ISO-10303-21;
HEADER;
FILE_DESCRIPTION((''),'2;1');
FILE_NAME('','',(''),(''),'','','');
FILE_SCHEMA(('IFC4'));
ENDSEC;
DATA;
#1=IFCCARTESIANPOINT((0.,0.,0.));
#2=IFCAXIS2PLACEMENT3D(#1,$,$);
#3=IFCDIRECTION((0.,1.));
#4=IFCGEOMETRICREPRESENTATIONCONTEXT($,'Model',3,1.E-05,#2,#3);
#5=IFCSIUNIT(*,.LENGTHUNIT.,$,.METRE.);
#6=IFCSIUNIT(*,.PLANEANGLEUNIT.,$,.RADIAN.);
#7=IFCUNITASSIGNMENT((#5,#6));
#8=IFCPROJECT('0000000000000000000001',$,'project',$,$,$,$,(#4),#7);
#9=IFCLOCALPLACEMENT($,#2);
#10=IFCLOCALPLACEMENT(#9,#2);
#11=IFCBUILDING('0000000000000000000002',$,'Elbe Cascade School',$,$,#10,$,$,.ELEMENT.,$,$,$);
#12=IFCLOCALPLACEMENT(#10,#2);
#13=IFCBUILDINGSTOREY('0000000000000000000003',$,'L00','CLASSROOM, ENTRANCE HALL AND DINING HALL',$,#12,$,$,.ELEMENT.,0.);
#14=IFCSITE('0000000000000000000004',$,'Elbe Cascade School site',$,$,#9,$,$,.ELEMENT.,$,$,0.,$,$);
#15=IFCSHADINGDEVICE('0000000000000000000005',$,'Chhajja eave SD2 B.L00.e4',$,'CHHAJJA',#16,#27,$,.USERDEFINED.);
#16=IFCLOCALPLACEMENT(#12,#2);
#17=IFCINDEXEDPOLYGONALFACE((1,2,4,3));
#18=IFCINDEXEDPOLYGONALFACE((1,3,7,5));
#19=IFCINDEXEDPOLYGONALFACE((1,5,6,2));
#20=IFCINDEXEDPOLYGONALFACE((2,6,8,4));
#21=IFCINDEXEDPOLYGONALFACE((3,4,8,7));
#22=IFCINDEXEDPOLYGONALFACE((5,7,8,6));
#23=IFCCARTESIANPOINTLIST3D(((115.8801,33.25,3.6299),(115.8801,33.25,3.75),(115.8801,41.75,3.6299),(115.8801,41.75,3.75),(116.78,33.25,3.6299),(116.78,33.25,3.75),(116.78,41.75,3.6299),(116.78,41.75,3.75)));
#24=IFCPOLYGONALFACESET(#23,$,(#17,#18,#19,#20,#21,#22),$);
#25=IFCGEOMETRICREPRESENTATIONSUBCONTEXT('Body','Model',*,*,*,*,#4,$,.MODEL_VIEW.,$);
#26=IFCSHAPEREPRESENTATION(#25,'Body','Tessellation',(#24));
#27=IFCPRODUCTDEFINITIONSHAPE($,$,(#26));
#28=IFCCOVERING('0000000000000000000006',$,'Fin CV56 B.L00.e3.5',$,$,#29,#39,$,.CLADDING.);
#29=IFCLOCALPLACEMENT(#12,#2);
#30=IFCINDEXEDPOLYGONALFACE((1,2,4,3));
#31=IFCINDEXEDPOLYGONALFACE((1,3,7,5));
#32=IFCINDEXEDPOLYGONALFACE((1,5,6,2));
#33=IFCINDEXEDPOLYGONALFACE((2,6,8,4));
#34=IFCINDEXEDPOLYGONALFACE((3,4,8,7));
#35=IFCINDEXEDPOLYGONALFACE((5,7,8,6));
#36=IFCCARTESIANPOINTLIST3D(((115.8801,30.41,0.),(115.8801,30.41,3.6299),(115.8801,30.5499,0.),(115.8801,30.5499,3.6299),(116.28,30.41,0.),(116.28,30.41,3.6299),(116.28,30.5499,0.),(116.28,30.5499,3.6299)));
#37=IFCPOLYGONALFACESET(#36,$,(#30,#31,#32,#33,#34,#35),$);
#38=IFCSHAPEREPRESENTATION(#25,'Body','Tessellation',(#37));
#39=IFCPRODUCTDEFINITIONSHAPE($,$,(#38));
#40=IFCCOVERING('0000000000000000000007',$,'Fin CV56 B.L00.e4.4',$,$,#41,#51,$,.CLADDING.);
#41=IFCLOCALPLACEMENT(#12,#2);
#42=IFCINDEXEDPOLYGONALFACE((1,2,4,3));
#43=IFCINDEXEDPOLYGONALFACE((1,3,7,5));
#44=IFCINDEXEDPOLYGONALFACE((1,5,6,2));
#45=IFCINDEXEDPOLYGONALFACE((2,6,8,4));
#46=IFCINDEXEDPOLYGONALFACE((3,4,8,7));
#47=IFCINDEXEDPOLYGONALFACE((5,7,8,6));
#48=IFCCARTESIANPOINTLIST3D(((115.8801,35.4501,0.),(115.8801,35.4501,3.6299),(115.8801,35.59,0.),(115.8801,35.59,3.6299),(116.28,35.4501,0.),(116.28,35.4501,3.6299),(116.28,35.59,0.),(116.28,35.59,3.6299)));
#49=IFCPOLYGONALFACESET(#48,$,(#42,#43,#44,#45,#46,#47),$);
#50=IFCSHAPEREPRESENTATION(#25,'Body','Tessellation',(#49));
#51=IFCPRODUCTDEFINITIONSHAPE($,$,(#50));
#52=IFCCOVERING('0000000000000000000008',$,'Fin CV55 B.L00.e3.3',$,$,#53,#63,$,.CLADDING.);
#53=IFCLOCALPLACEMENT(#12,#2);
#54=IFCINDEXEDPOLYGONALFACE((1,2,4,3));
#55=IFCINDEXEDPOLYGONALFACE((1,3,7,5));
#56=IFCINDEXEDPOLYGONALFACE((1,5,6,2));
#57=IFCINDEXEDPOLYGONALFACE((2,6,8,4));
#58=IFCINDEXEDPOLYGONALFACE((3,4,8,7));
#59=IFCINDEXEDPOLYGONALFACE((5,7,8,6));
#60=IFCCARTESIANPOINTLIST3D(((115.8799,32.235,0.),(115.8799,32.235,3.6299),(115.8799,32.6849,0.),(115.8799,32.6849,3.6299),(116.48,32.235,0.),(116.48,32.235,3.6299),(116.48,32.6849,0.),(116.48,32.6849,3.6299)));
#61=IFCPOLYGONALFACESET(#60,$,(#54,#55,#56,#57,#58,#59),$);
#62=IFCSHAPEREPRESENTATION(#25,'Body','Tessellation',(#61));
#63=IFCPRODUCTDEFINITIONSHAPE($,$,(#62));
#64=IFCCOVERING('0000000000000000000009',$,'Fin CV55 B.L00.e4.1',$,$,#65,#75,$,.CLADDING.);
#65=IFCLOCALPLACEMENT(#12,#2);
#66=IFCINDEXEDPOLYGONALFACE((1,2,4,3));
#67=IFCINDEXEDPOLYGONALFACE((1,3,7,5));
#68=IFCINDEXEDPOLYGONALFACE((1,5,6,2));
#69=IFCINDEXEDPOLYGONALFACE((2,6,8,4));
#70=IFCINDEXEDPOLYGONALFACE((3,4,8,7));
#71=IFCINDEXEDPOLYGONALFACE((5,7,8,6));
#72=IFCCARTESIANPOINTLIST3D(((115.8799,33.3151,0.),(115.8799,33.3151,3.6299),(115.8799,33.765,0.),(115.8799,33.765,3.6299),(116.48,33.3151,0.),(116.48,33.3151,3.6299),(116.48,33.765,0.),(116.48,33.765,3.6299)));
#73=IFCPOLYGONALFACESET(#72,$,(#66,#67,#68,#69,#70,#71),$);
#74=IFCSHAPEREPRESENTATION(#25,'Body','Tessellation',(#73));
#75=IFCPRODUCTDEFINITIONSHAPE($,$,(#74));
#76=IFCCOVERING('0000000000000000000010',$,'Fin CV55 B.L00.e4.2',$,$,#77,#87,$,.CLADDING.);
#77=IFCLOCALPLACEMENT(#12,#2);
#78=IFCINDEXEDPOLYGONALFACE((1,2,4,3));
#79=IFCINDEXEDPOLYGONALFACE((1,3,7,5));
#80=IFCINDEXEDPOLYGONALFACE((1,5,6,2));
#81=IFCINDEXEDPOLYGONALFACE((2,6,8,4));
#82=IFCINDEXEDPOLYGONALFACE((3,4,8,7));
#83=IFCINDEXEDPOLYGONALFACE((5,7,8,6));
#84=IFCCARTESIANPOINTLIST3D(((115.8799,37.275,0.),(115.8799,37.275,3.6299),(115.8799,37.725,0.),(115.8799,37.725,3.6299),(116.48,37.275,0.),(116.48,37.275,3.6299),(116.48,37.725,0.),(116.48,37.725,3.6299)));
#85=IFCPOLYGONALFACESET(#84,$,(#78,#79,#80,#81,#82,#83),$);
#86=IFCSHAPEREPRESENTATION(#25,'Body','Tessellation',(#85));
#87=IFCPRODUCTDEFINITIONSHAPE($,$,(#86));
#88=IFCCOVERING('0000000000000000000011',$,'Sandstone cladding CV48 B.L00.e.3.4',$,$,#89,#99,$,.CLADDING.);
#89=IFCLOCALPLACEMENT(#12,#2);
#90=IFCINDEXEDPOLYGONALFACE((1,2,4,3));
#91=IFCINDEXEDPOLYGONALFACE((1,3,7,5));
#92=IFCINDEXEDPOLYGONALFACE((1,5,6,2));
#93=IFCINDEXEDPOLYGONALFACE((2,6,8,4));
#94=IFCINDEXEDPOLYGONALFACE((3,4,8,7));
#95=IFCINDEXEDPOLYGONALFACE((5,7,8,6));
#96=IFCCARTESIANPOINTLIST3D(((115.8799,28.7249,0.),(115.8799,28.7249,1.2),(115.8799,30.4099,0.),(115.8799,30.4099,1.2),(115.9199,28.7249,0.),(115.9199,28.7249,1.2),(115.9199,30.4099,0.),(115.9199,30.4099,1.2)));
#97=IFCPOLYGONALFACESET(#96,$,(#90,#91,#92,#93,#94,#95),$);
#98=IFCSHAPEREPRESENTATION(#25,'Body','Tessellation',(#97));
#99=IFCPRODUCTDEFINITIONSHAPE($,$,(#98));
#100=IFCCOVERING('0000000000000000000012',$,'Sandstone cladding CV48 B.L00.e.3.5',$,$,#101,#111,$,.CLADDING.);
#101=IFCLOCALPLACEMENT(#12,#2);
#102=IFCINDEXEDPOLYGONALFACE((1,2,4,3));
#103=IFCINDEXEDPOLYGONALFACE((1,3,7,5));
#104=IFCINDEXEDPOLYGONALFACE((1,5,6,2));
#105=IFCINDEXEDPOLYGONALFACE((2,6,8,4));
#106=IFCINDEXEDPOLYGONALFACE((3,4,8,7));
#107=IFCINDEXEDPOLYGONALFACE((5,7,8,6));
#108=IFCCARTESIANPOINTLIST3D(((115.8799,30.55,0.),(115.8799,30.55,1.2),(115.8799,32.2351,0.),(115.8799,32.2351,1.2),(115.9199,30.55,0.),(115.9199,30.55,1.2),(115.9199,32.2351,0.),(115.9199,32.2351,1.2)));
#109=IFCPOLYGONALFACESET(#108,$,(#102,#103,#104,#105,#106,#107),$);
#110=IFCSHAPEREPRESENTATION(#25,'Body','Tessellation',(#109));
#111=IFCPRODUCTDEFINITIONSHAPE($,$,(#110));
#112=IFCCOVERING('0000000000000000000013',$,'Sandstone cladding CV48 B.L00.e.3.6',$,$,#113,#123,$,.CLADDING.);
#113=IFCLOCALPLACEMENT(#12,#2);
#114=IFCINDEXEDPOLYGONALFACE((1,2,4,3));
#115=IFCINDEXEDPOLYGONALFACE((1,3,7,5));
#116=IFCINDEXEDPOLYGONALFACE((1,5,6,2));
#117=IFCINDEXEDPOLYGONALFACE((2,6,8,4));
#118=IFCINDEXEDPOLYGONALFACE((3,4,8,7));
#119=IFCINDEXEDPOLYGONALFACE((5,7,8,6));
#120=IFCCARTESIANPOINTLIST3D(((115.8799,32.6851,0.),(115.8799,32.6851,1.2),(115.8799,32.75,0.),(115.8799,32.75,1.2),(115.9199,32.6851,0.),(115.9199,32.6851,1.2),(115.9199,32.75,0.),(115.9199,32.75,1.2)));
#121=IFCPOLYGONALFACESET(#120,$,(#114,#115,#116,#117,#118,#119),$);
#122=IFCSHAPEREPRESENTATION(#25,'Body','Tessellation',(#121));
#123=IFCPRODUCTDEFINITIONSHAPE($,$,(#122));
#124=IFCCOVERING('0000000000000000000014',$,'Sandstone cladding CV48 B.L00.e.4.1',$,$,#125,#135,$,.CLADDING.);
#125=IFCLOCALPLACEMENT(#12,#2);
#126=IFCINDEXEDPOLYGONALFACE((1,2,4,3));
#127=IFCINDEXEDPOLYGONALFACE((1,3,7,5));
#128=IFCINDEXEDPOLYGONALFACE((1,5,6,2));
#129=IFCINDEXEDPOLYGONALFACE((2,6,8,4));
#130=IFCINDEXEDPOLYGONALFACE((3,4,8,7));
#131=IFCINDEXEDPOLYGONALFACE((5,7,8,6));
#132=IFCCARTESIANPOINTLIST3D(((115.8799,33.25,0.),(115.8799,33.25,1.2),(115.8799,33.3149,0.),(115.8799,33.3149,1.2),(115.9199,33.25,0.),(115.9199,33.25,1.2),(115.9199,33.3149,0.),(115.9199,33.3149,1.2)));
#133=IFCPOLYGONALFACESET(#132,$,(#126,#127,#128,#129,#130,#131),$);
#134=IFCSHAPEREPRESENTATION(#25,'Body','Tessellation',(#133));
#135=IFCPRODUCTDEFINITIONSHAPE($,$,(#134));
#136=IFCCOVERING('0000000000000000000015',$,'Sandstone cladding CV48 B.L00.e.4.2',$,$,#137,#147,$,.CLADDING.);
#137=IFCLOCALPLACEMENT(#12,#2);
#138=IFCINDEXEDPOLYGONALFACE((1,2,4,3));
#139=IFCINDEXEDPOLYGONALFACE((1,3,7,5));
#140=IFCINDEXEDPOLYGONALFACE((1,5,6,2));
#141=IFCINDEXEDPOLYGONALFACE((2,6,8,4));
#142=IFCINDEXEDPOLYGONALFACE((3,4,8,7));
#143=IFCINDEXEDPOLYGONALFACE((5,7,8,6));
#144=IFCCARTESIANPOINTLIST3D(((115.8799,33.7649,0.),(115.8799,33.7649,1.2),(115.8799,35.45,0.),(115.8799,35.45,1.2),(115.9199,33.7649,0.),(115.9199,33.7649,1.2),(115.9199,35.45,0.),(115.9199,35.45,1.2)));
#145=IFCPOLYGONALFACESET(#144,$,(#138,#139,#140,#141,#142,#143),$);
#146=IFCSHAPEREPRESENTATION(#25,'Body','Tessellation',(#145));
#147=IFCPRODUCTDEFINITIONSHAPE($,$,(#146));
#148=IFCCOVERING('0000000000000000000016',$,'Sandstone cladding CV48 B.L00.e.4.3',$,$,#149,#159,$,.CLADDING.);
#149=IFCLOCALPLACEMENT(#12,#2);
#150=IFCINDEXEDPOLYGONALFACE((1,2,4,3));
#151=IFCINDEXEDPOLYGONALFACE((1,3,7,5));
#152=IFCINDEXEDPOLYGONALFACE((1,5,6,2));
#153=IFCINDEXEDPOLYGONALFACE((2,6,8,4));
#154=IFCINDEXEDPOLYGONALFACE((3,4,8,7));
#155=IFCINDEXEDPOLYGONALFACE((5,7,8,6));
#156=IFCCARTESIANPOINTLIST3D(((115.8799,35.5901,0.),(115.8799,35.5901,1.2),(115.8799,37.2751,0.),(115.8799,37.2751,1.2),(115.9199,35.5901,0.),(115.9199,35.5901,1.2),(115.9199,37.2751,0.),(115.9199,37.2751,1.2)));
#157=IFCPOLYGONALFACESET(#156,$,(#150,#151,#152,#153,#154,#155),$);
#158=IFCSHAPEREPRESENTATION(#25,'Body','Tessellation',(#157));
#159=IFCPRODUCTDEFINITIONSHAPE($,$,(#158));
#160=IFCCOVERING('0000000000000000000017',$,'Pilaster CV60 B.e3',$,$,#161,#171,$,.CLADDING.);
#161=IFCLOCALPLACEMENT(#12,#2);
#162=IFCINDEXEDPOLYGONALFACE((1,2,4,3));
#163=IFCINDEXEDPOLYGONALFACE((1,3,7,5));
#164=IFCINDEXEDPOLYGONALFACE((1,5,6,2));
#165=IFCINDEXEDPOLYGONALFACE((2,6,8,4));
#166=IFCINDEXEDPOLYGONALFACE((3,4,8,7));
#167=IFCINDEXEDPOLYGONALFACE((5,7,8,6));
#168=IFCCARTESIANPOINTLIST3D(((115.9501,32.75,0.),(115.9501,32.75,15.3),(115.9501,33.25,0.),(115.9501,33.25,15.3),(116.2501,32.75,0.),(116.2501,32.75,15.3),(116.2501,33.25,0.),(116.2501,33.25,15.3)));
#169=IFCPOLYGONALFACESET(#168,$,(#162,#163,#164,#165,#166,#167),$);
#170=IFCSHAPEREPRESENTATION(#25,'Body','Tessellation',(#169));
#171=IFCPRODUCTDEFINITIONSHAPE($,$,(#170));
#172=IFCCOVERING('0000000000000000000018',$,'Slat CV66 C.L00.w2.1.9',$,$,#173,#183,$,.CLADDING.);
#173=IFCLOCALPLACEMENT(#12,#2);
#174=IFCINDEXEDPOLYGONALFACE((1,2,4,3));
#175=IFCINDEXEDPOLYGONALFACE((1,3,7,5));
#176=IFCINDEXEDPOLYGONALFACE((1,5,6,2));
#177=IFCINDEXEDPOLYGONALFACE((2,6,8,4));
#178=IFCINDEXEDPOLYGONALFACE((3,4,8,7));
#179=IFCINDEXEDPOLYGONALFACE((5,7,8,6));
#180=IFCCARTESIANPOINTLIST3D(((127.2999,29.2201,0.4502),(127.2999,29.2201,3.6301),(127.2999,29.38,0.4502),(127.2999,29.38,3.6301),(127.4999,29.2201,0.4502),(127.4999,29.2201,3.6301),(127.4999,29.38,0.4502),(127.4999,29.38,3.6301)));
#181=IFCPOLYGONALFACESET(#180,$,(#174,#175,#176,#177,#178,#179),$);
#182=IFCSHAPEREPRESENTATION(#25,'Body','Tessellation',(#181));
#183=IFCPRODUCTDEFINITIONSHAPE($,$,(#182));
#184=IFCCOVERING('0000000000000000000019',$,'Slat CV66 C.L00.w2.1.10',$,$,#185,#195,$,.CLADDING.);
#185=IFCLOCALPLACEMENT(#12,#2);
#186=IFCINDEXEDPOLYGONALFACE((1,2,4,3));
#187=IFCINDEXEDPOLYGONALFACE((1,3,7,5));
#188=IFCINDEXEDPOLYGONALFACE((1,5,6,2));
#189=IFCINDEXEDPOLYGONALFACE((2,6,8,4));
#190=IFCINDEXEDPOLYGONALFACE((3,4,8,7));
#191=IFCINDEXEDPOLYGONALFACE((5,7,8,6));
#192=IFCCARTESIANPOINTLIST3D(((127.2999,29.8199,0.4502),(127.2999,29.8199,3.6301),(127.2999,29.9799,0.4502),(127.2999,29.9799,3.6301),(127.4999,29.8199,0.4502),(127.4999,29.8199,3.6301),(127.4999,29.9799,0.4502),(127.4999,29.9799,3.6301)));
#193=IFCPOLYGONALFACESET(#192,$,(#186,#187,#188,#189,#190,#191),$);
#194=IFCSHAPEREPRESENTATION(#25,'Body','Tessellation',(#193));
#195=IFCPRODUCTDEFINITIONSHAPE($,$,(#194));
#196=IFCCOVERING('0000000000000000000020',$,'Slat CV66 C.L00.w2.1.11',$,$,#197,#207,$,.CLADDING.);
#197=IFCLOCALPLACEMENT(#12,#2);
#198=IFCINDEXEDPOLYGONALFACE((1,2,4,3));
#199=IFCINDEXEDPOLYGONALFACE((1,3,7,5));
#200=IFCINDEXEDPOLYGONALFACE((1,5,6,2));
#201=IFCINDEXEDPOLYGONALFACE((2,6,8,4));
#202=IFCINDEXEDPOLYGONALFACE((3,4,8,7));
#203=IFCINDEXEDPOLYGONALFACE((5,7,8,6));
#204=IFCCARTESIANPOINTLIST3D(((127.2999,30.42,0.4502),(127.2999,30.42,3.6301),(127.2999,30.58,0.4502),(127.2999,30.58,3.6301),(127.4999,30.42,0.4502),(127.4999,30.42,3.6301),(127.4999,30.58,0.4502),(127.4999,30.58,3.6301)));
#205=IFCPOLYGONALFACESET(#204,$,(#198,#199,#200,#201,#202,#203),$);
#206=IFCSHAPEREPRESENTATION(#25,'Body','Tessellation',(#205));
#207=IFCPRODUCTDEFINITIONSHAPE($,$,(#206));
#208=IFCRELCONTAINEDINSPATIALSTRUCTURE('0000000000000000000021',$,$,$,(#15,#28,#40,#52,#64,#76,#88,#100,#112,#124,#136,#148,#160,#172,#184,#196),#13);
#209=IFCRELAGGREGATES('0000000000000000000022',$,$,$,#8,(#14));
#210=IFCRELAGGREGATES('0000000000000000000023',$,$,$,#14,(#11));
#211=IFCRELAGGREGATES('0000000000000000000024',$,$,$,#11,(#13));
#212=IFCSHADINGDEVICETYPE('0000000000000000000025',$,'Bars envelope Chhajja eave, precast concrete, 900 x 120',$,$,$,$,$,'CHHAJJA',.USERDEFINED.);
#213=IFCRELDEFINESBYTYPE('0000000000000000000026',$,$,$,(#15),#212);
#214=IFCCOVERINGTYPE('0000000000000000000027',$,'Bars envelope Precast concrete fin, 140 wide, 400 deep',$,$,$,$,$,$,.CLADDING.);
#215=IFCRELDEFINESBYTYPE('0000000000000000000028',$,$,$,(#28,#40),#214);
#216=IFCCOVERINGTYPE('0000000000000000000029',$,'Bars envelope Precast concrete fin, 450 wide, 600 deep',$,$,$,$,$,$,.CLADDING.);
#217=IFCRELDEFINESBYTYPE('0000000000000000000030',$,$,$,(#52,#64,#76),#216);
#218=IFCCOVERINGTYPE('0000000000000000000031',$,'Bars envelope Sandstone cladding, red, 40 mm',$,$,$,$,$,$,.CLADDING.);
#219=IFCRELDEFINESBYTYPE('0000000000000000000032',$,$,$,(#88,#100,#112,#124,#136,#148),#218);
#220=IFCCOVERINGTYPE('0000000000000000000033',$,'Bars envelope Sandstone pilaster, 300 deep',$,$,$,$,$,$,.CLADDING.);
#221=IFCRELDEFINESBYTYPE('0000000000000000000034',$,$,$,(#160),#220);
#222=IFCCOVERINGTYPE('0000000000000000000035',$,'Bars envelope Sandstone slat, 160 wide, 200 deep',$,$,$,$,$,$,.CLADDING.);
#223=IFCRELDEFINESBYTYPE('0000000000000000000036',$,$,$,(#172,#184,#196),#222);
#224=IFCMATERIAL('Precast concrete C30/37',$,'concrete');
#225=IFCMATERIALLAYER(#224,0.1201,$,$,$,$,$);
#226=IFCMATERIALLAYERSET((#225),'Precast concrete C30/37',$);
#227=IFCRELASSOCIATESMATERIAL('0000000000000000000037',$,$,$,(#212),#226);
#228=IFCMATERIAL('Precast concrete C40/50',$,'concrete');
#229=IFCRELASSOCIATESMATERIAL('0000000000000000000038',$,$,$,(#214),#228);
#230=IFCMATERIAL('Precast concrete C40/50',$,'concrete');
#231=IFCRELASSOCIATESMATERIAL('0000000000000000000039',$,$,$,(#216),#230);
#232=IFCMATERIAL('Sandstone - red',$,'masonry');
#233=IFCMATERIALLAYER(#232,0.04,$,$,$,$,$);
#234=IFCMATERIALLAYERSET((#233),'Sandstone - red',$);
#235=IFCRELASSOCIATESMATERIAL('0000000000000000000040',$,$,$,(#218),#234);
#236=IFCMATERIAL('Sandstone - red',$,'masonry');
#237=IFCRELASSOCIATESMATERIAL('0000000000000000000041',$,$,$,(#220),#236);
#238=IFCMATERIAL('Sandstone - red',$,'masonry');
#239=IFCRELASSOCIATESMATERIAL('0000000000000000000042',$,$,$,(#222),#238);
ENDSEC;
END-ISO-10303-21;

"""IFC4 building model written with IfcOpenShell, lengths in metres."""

from ifc_helpers import new_model, si_unit, direction, frame, origin, origin_2d, place, context, subcontext, project, spatial, rectangle, extrude, material, layer, layer_set, type_object, element, save


model = new_model("IFC4")

# Units and contexts
model_context = context("Model", 3, precision=1e-05, world=origin(), true_north=direction((0.0, 1.0)))
body_context = subcontext(model_context, "Body", "Model", "MODEL_VIEW")
ifc_project = project(units=[si_unit("LENGTHUNIT", "METRE"), si_unit("PLANEANGLEUNIT", "RADIAN")], contexts=[model_context])

# Site, building, storey
site_placement = place(None, origin())
site = spatial("IfcSite", under=ifc_project, at=site_placement, Name="Elbe Cascade School site", CompositionType="ELEMENT", RefElevation=0.0)
building_placement = place(site_placement, origin())
building = spatial("IfcBuilding", under=site, at=building_placement, Name="Elbe Cascade School", CompositionType="ELEMENT")
storey_placement = place(building_placement, origin())
storey = spatial("IfcBuildingStorey", under=building, at=storey_placement, Name="L00", Description="CLASSROOM, ENTRANCE HALL AND DINING HALL", CompositionType="ELEMENT", Elevation=0.0)

# Shading device
ifc_material_1 = material(Name="Precast concrete C30/37", Category="concrete")
ifc_layer_1 = layer(ifc_material_1, 0.1201)
ifc_layer_set_1 = layer_set([ifc_layer_1], Name="Precast concrete C30/37")
shading_device_type = type_object("IfcShadingDeviceType", Name="Bars envelope Chhajja eave, precast concrete, 900 x 120", ElementType="CHHAJJA", PredefinedType="USERDEFINED", material=ifc_layer_set_1)
shading_device_placement = place(storey_placement, frame((116.3301, 37.5, 3.6299), z_axis=(0.0, 0.0, 1.0), x_axis=(0.0, 1.0, 0.0)))
element("IfcShadingDevice", 1, at=shading_device_placement, inside=storey, type_object=shading_device_type, Name="Chhajja eave SD2 B.L00.e4", ObjectType="CHHAJJA", PredefinedType="USERDEFINED", context=body_context, shape_type="SweptSolid", body=[
    extrude(rectangle(XDim=8.5, YDim=0.8999, at=origin_2d()), origin(), (0.0, 0.0, 1.0), 0.1201),
])

# Coverings
ifc_material_2 = material(Name="Precast concrete C40/50", Category="concrete")
covering_type_1 = type_object("IfcCoveringType", Name="Bars envelope Precast concrete fin, 140 wide, 400 deep", PredefinedType="CLADDING", material=ifc_material_2)
for number, where, z_axis, x_axis, name in (
    (2, (116.0801, 30.48, 0.0), (0.0, 0.0, 1.0), (0.0, 1.0, 0.0), "Fin CV56 B.L00.e3.5"),
    (3, (116.0801, 35.52, 0.0), (0.0, 0.0, 1.0), (0.0, 1.0, 0.0), "Fin CV56 B.L00.e4.4"),
):
    element("IfcCovering", number, at=place(storey_placement, frame(where, z_axis=z_axis, x_axis=x_axis)), inside=storey, type_object=covering_type_1, Name=name, PredefinedType="CLADDING", context=body_context, shape_type="SweptSolid", body=[
        extrude(rectangle(XDim=0.1399, YDim=0.3999, at=origin_2d()), origin(), (0.0, 0.0, 1.0), 3.6299),
    ])
ifc_material_3 = material(Name="Precast concrete C40/50", Category="concrete")
covering_type_2 = type_object("IfcCoveringType", Name="Bars envelope Precast concrete fin, 450 wide, 600 deep", PredefinedType="CLADDING", material=ifc_material_3)
for number, where, z_axis, x_axis, name in (
    (4, (116.1799, 32.46, 0.0), (0.0, 0.0, 1.0), (0.0, 1.0, 0.0), "Fin CV55 B.L00.e3.3"),
    (5, (116.1799, 33.54, 0.0), (0.0, 0.0, 1.0), (0.0, 1.0, 0.0), "Fin CV55 B.L00.e4.1"),
    (6, (116.1799, 37.5, 0.0), (0.0, 0.0, 1.0), (0.0, 1.0, 0.0), "Fin CV55 B.L00.e4.2"),
):
    element("IfcCovering", number, at=place(storey_placement, frame(where, z_axis=z_axis, x_axis=x_axis)), inside=storey, type_object=covering_type_2, Name=name, PredefinedType="CLADDING", context=body_context, shape_type="SweptSolid", body=[
        extrude(rectangle(XDim=0.45, YDim=0.6001, at=origin_2d()), origin(), (0.0, 0.0, 1.0), 3.6299),
    ])
ifc_material_4 = material(Name="Sandstone - red", Category="masonry")
ifc_layer_2 = layer(ifc_material_4, 0.04)
ifc_layer_set_2 = layer_set([ifc_layer_2], Name="Sandstone - red")
covering_type_3 = type_object("IfcCoveringType", Name="Bars envelope Sandstone cladding, red, 40 mm", PredefinedType="CLADDING", material=ifc_layer_set_2)
for number, where, z_axis, x_axis, name in (
    (7, (115.8999, 29.5674, 0.0), (0.0, 0.0, 1.0), (0.0, 1.0, 0.0), "Sandstone cladding CV48 B.L00.e.3.4"),
    (8, (115.8999, 31.3926, 0.0), (0.0, 0.0, 1.0), (0.0, 1.0, 0.0), "Sandstone cladding CV48 B.L00.e.3.5"),
):
    element("IfcCovering", number, at=place(storey_placement, frame(where, z_axis=z_axis, x_axis=x_axis)), inside=storey, type_object=covering_type_3, Name=name, PredefinedType="CLADDING", context=body_context, shape_type="SweptSolid", body=[
        extrude(rectangle(XDim=1.6851, YDim=0.04, at=origin_2d()), origin(), (0.0, 0.0, 1.0), 1.2),
    ])
for number, where, z_axis, x_axis, name in (
    (9, (115.8999, 32.7175, 0.0), (0.0, 0.0, 1.0), (0.0, 1.0, 0.0), "Sandstone cladding CV48 B.L00.e.3.6"),
    (10, (115.8999, 33.2825, 0.0), (0.0, 0.0, 1.0), (0.0, 1.0, 0.0), "Sandstone cladding CV48 B.L00.e.4.1"),
):
    element("IfcCovering", number, at=place(storey_placement, frame(where, z_axis=z_axis, x_axis=x_axis)), inside=storey, type_object=covering_type_3, Name=name, PredefinedType="CLADDING", context=body_context, shape_type="SweptSolid", body=[
        extrude(rectangle(XDim=0.0649, YDim=0.04, at=origin_2d()), origin(), (0.0, 0.0, 1.0), 1.2),
    ])
for number, where, z_axis, x_axis, name in (
    (11, (115.8999, 34.6074, 0.0), (0.0, 0.0, 1.0), (0.0, 1.0, 0.0), "Sandstone cladding CV48 B.L00.e.4.2"),
    (12, (115.8999, 36.4326, 0.0), (0.0, 0.0, 1.0), (0.0, 1.0, 0.0), "Sandstone cladding CV48 B.L00.e.4.3"),
):
    element("IfcCovering", number, at=place(storey_placement, frame(where, z_axis=z_axis, x_axis=x_axis)), inside=storey, type_object=covering_type_3, Name=name, PredefinedType="CLADDING", context=body_context, shape_type="SweptSolid", body=[
        extrude(rectangle(XDim=1.6851, YDim=0.04, at=origin_2d()), origin(), (0.0, 0.0, 1.0), 1.2),
    ])
ifc_material_5 = material(Name="Sandstone - red", Category="masonry")
covering_type_4 = type_object("IfcCoveringType", Name="Bars envelope Sandstone pilaster, 300 deep", PredefinedType="CLADDING", material=ifc_material_5)
covering_placement = place(storey_placement, frame((116.1001, 33.0, 0.0), z_axis=(0.0, 0.0, 1.0), x_axis=(0.0, 1.0, 0.0)))
element("IfcCovering", 13, at=covering_placement, inside=storey, type_object=covering_type_4, Name="Pilaster CV60 B.e3", PredefinedType="CLADDING", context=body_context, shape_type="SweptSolid", body=[
    extrude(rectangle(XDim=0.5, YDim=0.3, at=origin_2d()), origin(), (0.0, 0.0, 1.0), 15.3),
])
ifc_material_6 = material(Name="Sandstone - red", Category="masonry")
covering_type_5 = type_object("IfcCoveringType", Name="Bars envelope Sandstone slat, 160 wide, 200 deep", PredefinedType="CLADDING", material=ifc_material_6)
for number, where, z_axis, x_axis, name in (
    (14, (127.3999, 29.3, 0.4502), (0.0, 0.0, 1.0), (0.0, 1.0, 0.0), "Slat CV66 C.L00.w2.1.9"),
    (15, (127.3999, 29.8999, 0.4502), (0.0, 0.0, 1.0), (0.0, 1.0, 0.0), "Slat CV66 C.L00.w2.1.10"),
    (16, (127.3999, 30.5, 0.4502), (0.0, 0.0, 1.0), (0.0, 1.0, 0.0), "Slat CV66 C.L00.w2.1.11"),
):
    element("IfcCovering", number, at=place(storey_placement, frame(where, z_axis=z_axis, x_axis=x_axis)), inside=storey, type_object=covering_type_5, Name=name, PredefinedType="CLADDING", context=body_context, shape_type="SweptSolid", body=[
        extrude(rectangle(XDim=0.1599, YDim=0.2, at=origin_2d()), origin(), (0.0, 0.0, 1.0), 3.1799),
    ])

save(model, "model.ifc")
